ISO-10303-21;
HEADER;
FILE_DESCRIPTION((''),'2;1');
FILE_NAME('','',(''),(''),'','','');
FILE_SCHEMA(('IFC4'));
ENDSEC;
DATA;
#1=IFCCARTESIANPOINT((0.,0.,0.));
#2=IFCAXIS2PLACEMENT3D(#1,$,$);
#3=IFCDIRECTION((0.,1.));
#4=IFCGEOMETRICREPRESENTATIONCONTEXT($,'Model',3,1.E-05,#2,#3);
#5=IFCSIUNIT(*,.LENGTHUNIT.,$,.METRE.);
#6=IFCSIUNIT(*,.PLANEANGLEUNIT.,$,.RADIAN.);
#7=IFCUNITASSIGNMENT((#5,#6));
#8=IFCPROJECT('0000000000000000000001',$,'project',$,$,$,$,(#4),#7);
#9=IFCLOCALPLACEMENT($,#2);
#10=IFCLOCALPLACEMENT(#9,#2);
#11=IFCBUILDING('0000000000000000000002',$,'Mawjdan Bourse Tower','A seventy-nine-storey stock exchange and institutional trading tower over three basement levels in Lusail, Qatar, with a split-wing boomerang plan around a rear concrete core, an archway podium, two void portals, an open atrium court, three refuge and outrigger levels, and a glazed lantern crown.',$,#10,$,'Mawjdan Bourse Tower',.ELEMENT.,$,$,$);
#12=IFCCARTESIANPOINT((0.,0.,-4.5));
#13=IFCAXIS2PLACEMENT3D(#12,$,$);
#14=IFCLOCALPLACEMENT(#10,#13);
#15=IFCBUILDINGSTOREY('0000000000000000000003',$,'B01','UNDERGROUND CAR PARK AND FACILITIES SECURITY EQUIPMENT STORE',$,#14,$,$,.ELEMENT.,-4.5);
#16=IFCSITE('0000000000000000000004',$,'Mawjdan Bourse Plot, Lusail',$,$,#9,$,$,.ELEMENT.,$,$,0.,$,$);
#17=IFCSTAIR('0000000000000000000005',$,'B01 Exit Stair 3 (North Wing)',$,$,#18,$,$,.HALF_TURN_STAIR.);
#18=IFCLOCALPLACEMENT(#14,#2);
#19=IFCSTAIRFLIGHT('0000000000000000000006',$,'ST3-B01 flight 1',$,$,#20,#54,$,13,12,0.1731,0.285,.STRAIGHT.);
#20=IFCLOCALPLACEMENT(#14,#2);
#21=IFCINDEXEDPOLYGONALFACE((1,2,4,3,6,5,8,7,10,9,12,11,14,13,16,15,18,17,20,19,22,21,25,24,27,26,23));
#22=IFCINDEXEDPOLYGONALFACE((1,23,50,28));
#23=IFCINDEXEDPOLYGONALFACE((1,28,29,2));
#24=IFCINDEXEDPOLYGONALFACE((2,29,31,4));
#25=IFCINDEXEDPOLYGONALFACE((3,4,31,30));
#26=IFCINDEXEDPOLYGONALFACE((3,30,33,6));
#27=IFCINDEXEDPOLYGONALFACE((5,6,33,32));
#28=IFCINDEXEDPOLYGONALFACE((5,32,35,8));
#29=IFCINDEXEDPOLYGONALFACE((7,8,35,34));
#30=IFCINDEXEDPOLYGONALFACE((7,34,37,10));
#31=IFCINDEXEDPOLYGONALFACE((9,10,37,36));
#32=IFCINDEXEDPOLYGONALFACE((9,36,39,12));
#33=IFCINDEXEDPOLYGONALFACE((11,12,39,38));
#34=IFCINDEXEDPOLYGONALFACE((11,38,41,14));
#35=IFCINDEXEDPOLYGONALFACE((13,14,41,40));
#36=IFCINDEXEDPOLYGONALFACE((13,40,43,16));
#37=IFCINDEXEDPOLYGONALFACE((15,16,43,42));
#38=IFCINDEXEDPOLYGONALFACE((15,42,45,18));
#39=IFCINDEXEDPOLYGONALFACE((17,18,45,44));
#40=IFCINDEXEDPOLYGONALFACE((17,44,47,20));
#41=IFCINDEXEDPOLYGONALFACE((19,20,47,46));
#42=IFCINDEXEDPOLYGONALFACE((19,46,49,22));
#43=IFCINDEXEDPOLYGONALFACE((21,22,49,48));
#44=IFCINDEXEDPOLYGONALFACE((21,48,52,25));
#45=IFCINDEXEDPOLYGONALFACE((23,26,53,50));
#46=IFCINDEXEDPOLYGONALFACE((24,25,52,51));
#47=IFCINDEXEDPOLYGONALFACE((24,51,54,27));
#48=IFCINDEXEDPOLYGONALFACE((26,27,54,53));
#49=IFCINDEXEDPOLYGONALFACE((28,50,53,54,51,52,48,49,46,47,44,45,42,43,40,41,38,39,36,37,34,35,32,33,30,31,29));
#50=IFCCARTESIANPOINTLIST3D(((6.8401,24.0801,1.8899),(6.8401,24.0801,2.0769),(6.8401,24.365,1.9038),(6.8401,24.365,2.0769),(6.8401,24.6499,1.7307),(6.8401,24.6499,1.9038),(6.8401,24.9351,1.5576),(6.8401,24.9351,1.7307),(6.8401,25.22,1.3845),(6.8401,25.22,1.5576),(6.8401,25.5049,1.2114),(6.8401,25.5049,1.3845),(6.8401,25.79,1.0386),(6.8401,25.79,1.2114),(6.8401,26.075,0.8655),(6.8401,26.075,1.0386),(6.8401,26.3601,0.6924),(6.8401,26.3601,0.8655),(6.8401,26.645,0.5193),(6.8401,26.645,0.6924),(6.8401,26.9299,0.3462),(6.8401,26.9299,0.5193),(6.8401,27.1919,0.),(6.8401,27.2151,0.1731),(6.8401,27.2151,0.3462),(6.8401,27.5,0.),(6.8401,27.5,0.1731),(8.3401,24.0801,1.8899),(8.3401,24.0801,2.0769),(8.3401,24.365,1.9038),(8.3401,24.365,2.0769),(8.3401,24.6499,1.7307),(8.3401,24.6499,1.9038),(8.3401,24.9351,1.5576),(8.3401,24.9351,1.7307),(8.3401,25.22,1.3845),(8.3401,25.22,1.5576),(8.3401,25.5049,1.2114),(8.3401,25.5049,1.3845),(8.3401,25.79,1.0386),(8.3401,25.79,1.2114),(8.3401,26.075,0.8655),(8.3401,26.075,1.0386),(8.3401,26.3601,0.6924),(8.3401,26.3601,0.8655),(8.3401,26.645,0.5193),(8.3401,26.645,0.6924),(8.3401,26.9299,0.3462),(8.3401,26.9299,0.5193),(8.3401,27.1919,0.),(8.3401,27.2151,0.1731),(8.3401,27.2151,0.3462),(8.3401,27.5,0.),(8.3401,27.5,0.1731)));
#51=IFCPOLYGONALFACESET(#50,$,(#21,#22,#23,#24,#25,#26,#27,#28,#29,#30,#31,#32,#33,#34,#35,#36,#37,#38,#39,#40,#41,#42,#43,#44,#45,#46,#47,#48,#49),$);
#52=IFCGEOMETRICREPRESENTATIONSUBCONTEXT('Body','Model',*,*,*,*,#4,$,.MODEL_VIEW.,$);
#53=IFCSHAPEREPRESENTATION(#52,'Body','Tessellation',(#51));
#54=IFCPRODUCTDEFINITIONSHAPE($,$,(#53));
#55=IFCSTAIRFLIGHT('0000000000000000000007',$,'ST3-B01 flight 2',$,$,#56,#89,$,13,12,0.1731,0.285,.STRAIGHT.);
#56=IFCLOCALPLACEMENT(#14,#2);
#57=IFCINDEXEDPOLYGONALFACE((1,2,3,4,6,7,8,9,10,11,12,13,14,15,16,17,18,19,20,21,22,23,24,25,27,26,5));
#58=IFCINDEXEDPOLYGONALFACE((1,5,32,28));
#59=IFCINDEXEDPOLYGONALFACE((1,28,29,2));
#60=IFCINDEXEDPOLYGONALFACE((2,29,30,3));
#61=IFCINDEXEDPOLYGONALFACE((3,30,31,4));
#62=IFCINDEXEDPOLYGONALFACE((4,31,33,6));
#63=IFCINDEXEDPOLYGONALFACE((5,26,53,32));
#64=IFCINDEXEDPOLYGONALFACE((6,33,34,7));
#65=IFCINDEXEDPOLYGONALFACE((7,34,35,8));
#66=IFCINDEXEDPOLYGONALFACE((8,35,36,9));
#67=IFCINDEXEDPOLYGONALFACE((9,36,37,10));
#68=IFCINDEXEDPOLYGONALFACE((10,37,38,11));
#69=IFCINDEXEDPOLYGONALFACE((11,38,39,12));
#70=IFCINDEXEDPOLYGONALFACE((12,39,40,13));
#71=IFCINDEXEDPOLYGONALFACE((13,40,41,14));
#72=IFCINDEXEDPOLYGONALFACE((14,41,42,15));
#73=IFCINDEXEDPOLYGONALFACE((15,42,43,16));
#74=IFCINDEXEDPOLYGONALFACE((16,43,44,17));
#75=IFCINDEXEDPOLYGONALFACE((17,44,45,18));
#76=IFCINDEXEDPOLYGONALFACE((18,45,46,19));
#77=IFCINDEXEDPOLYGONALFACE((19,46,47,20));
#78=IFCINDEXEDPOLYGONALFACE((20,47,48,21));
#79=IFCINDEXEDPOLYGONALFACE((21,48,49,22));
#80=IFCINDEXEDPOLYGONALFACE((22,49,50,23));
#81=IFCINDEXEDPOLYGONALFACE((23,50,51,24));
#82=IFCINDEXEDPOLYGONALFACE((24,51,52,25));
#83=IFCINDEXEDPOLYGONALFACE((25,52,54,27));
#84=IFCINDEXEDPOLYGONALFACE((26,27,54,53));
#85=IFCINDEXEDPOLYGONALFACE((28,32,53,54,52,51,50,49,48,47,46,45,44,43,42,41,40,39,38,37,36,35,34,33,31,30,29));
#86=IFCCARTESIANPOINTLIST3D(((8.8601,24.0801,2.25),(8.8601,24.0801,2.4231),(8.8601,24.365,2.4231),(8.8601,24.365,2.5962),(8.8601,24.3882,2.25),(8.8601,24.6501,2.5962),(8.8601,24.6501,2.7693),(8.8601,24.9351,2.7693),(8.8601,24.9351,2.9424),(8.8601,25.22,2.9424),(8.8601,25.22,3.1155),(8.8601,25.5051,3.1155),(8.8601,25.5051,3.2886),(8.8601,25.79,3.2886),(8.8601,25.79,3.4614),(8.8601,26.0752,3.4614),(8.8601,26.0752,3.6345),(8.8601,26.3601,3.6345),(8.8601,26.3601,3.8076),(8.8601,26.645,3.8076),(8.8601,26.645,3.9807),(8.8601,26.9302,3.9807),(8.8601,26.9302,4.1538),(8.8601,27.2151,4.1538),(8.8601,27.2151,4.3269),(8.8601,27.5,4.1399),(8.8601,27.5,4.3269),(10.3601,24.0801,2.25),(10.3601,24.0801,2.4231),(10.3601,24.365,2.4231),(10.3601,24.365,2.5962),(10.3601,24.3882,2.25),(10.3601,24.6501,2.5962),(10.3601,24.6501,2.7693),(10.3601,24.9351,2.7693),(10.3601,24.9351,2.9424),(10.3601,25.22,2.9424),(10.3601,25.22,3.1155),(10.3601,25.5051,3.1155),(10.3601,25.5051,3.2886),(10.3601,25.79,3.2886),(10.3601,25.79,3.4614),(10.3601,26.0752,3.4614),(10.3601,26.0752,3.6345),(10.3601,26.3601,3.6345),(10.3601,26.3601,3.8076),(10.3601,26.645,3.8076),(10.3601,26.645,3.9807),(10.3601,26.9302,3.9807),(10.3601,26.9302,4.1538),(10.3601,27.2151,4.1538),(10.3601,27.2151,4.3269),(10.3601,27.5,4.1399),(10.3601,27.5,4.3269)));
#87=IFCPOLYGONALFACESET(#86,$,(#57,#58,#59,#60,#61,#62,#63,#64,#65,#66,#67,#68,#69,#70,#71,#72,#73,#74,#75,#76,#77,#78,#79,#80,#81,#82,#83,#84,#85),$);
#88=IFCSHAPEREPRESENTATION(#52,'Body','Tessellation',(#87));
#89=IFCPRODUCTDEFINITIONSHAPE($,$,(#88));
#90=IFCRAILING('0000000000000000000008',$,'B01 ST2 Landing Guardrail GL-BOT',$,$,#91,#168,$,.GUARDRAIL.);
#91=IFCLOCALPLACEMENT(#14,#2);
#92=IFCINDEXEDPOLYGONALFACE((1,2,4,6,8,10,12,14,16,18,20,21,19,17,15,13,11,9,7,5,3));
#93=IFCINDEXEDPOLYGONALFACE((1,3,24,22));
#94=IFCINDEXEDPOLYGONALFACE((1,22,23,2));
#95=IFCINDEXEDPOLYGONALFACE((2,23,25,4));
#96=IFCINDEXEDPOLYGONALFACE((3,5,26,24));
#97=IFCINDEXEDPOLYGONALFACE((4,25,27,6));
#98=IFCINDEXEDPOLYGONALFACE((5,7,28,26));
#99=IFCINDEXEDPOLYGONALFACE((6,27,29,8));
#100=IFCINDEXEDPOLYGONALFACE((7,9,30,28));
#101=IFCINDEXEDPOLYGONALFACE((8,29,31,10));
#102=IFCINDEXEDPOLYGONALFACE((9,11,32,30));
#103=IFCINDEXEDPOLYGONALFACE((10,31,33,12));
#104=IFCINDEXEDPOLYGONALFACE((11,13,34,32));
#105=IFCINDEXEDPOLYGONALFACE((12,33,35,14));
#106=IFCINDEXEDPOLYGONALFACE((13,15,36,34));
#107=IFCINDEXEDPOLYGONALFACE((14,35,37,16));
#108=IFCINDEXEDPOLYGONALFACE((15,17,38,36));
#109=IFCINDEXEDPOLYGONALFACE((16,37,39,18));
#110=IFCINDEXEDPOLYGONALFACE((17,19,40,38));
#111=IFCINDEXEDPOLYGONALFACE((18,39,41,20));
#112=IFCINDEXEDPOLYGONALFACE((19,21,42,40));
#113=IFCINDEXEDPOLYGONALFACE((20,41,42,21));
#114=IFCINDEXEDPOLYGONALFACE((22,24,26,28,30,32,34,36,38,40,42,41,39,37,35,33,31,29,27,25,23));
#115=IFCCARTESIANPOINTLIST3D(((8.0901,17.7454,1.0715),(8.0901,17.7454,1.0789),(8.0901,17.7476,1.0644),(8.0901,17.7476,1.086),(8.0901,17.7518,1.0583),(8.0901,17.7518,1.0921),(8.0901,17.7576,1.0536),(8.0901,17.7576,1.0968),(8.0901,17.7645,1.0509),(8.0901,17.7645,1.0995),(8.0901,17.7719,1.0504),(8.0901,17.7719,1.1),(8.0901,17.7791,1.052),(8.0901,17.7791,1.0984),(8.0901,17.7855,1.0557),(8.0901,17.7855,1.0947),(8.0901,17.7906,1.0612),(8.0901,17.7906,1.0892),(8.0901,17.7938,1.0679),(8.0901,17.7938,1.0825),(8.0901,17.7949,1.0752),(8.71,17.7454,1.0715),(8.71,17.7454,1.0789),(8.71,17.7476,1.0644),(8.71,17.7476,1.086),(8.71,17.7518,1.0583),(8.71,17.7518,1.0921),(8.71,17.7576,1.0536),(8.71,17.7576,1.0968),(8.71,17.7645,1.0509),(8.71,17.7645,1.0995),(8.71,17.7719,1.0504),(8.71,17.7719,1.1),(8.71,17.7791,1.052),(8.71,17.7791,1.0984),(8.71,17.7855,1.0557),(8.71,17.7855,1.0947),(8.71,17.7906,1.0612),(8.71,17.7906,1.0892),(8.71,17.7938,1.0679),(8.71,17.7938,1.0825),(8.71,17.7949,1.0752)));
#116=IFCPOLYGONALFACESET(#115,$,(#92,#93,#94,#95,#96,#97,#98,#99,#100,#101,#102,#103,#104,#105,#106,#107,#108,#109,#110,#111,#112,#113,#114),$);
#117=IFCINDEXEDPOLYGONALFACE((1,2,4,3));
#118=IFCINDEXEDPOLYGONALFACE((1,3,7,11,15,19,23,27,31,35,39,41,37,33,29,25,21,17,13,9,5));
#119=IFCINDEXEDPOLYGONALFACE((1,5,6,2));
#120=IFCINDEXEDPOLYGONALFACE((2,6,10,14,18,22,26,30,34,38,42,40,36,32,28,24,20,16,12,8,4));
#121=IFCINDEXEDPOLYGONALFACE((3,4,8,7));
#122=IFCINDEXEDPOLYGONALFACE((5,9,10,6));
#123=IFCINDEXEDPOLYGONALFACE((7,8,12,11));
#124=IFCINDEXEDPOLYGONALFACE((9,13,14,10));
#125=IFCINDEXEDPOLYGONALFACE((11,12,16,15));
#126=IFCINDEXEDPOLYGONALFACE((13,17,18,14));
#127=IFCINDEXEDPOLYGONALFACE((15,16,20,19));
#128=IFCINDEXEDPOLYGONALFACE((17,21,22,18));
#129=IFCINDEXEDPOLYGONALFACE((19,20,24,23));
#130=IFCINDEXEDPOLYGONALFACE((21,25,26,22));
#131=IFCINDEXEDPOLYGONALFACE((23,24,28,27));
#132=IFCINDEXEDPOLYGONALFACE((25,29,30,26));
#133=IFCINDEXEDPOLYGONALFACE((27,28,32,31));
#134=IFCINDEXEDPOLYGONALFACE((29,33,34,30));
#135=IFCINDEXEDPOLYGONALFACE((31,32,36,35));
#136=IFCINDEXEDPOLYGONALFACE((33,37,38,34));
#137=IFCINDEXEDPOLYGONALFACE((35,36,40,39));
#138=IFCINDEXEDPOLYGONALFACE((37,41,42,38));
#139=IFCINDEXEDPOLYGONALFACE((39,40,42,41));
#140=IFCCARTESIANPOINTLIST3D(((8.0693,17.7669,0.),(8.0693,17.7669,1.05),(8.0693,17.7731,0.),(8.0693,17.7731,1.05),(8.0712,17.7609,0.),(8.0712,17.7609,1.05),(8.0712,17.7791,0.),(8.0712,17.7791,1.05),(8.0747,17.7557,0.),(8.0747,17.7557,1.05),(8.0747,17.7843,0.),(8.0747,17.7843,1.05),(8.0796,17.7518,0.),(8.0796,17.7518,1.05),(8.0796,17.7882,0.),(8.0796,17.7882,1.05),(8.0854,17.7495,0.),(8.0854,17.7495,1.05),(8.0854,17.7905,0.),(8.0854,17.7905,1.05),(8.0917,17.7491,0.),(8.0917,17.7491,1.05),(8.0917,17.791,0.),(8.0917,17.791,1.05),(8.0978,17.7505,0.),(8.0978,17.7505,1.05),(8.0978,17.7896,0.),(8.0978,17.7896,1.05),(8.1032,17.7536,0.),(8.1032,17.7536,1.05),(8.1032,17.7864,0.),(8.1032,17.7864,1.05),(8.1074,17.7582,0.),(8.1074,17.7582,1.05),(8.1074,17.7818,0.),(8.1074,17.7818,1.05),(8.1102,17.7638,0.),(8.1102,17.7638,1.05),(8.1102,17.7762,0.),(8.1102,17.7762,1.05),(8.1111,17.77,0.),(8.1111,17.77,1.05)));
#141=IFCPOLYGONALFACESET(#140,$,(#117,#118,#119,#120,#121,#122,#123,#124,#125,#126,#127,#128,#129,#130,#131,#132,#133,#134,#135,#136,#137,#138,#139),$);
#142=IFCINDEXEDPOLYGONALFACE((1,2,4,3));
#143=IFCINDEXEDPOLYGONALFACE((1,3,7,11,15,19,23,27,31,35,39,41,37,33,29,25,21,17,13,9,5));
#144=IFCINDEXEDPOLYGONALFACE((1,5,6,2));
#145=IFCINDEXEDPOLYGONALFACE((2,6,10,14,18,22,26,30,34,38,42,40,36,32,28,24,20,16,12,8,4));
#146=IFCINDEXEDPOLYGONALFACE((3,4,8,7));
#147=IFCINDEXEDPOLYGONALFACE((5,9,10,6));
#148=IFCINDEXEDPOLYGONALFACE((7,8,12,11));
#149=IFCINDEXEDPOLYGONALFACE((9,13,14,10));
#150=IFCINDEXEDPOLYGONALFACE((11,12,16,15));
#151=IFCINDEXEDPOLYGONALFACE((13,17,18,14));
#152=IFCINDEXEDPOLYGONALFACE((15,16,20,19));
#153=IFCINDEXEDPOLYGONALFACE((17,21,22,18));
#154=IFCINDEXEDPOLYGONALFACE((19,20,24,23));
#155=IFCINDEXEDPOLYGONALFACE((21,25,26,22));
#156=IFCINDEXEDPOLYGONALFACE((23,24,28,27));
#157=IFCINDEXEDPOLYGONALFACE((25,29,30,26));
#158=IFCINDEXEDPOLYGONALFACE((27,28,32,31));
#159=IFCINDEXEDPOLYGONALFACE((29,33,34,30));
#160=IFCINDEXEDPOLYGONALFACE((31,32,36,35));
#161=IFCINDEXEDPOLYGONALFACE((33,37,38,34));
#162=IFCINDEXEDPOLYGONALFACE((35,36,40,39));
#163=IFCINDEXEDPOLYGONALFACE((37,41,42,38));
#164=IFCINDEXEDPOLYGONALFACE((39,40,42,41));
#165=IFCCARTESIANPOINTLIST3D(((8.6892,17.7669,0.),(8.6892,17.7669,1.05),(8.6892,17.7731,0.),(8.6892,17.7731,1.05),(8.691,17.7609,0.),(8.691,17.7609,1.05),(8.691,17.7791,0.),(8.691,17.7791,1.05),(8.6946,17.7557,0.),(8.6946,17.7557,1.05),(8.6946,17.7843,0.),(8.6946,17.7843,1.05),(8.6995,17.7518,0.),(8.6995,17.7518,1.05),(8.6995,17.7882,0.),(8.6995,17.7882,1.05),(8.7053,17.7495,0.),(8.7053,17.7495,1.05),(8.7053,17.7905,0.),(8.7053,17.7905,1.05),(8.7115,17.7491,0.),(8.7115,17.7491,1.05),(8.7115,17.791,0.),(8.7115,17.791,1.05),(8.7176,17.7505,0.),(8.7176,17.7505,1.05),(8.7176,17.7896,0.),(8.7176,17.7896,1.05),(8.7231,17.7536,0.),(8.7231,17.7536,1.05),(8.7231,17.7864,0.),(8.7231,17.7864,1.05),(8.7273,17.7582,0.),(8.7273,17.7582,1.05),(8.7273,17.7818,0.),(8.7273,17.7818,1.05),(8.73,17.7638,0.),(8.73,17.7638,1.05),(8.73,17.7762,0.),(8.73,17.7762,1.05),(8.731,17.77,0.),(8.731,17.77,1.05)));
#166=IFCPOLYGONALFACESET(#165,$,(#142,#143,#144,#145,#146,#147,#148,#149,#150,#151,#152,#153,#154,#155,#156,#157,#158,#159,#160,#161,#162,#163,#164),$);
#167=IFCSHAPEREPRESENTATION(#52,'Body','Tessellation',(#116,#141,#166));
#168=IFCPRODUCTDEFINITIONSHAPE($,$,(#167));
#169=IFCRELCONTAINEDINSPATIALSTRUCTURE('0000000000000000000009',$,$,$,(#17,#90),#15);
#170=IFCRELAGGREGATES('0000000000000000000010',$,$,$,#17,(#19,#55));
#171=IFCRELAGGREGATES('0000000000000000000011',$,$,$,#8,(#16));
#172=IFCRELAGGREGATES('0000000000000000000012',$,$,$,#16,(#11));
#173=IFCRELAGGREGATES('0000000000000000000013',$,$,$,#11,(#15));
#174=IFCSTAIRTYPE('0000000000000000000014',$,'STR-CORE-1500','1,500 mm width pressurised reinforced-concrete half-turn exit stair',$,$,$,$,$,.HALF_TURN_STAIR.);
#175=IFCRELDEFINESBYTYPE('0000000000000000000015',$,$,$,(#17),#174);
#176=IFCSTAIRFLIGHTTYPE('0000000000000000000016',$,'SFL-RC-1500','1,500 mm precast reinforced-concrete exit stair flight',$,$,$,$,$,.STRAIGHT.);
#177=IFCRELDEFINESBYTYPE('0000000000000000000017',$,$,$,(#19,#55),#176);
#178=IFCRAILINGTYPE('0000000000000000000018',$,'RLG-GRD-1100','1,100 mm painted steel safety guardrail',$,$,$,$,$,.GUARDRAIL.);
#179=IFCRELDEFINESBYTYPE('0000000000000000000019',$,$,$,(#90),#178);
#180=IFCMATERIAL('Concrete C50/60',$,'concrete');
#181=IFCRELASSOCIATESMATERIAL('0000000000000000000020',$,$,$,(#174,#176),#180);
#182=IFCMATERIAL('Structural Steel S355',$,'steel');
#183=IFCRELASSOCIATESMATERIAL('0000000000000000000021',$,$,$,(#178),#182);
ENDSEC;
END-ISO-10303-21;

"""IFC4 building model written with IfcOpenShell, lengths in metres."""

from ifc_helpers import new_model, si_unit, direction, frame, origin, origin_2d, place, context, subcontext, project, spatial, polyline, circle, outline, extrude, material, type_object, element, aggregate, save


model = new_model("IFC4")

# Units and contexts
model_context = context("Model", 3, precision=1e-05, world=origin(), true_north=direction((0.0, 1.0)))
body_context = subcontext(model_context, "Body", "Model", "MODEL_VIEW")
ifc_project = project(units=[si_unit("LENGTHUNIT", "METRE"), si_unit("PLANEANGLEUNIT", "RADIAN")], contexts=[model_context])

# Site, building, storey
site_placement = place(None, origin())
site = spatial("IfcSite", under=ifc_project, at=site_placement, Name="Mawjdan Bourse Plot, Lusail", CompositionType="ELEMENT", RefElevation=0.0)
building_placement = place(site_placement, origin())
building = spatial("IfcBuilding", under=site, at=building_placement, Name="Mawjdan Bourse Tower", Description="A seventy-nine-storey stock exchange and institutional trading tower over three basement levels in Lusail, Qatar, with a split-wing boomerang plan around a rear concrete core, an archway podium, two void portals, an open atrium court, three refuge and outrigger levels, and a glazed lantern crown.", LongName="Mawjdan Bourse Tower", CompositionType="ELEMENT")
storey_placement = place(building_placement, frame((0.0, 0.0, -4.5)))
storey = spatial("IfcBuildingStorey", under=building, at=storey_placement, Name="B01", Description="UNDERGROUND CAR PARK AND FACILITIES SECURITY EQUIPMENT STORE", CompositionType="ELEMENT", Elevation=-4.5)

# Shared definitions
ifc_material_1 = material(Name="Concrete C50/60", Category="concrete")

# Stair, stair flights
stair_type = type_object("IfcStairType", Name="STR-CORE-1500", Description="1,500 mm width pressurised reinforced-concrete half-turn exit stair", PredefinedType="HALF_TURN_STAIR", material=ifc_material_1)
stair_placement = place(storey_placement, origin())
stair = element("IfcStair", 1, at=stair_placement, inside=storey, type_object=stair_type, Name="B01 Exit Stair 3 (North Wing)", PredefinedType="HALF_TURN_STAIR")
stair_flight_type = type_object("IfcStairFlightType", Name="SFL-RC-1500", Description="1,500 mm precast reinforced-concrete exit stair flight", PredefinedType="STRAIGHT", material=ifc_material_1)
stair_flight_1_placement = place(storey_placement, frame((7.5901, 27.5, 0.0), z_axis=(0.0, 0.0, 1.0), x_axis=(0.0, -1.0, 0.0)))
stair_flight_1 = element("IfcStairFlight", 2, at=stair_flight_1_placement, type_object=stair_flight_type, Name="ST3-B01 flight 1", NumberOfRisers=13, NumberOfTreads=12, PredefinedType="STRAIGHT", RiserHeight=0.1731, TreadLength=0.285, context=body_context, shape_type="SweptSolid", body=[
    extrude(outline(polyline([(0.0, 0.0), (0.0, 0.1731), (0.2849, 0.1731), (0.2849, 0.3462), (0.5701, 0.3462), (0.5701, 0.5193), (0.855, 0.5193), (0.855, 0.6924), (1.1399, 0.6924), (1.1399, 0.8655), (1.425, 0.8655), (1.425, 1.0386), (1.71, 1.0386), (1.71, 1.2114), (1.9951, 1.2114), (1.9951, 1.3845), (2.28, 1.3845), (2.28, 1.5576), (2.5649, 1.5576), (2.5649, 1.7307), (2.8501, 1.7307), (2.8501, 1.9038), (3.135, 1.9038), (3.135, 2.0769), (3.4199, 2.0769), (3.4199, 2.25), (3.4199, 1.8899), (0.3081, 0.0), (0.0, 0.0)])), frame((0.0, 0.75, 0.0), z_axis=(0.0, -1.0, 0.0), x_axis=(1.0, 0.0, 0.0)), (0.0, 0.0, 1.0), 1.5),
])
stair_flight_2_placement = place(storey_placement, frame((9.6101, 24.0801, 2.25), z_axis=(0.0, 0.0, 1.0), x_axis=(0.0, 1.0, 0.0)))
stair_flight_2 = element("IfcStairFlight", 3, at=stair_flight_2_placement, type_object=stair_flight_type, Name="ST3-B01 flight 2", NumberOfRisers=13, NumberOfTreads=12, PredefinedType="STRAIGHT", RiserHeight=0.1731, TreadLength=0.285, context=body_context, shape_type="SweptSolid", body=[
    extrude(outline(polyline([(0.0, 0.0), (0.0, 0.1731), (0.2849, 0.1731), (0.2849, 0.3462), (0.5701, 0.3462), (0.5701, 0.5193), (0.855, 0.5193), (0.855, 0.6924), (1.1399, 0.6924), (1.1399, 0.8655), (1.425, 0.8655), (1.425, 1.0386), (1.71, 1.0386), (1.71, 1.2114), (1.9951, 1.2114), (1.9951, 1.3845), (2.28, 1.3845), (2.28, 1.5576), (2.5649, 1.5576), (2.5649, 1.7307), (2.8501, 1.7307), (2.8501, 1.9038), (3.135, 1.9038), (3.135, 2.0769), (3.4199, 2.0769), (3.4199, 2.25), (3.4199, 1.8899), (0.3081, 0.0), (0.0, 0.0)])), frame((0.0, 0.75, 0.0), z_axis=(0.0, -1.0, 0.0), x_axis=(1.0, 0.0, 0.0)), (0.0, 0.0, 1.0), 1.5),
])
aggregate(stair, [stair_flight_1, stair_flight_2])

# Railing
ifc_material_2 = material(Name="Structural Steel S355", Category="steel")
railing_type_1 = type_object("IfcRailingType", Name="RLG-GRD-1100", Description="1,100 mm painted steel safety guardrail", PredefinedType="GUARDRAIL", material=ifc_material_2)
for number, where, name in (
    (4, (8.0901, 17.77, 0.0), "B01 ST2 Landing Guardrail GL-BOT"),
):
    element("IfcRailing", number, at=place(storey_placement, frame(where)), inside=storey, type_object=railing_type_1, Name=name, PredefinedType="GUARDRAIL", context=body_context, shape_type="SweptSolid", body=[
        extrude(circle(Radius=0.0249, at=origin_2d()), frame((0.0, 0.0, 1.0752), z_axis=(1.0, 0.0, 0.0), x_axis=(0.0, 1.0, 0.0)), (0.0, 0.0, 1.0), 0.6199),
        extrude(circle(Radius=0.021, at=origin_2d()), origin(), (0.0, 0.0, 1.0), 1.05),
        extrude(circle(Radius=0.021, at=origin_2d()), frame((0.6199, 0.0, 0.0)), (0.0, 0.0, 1.0), 1.05),
    ])

save(model, "model.ifc")
